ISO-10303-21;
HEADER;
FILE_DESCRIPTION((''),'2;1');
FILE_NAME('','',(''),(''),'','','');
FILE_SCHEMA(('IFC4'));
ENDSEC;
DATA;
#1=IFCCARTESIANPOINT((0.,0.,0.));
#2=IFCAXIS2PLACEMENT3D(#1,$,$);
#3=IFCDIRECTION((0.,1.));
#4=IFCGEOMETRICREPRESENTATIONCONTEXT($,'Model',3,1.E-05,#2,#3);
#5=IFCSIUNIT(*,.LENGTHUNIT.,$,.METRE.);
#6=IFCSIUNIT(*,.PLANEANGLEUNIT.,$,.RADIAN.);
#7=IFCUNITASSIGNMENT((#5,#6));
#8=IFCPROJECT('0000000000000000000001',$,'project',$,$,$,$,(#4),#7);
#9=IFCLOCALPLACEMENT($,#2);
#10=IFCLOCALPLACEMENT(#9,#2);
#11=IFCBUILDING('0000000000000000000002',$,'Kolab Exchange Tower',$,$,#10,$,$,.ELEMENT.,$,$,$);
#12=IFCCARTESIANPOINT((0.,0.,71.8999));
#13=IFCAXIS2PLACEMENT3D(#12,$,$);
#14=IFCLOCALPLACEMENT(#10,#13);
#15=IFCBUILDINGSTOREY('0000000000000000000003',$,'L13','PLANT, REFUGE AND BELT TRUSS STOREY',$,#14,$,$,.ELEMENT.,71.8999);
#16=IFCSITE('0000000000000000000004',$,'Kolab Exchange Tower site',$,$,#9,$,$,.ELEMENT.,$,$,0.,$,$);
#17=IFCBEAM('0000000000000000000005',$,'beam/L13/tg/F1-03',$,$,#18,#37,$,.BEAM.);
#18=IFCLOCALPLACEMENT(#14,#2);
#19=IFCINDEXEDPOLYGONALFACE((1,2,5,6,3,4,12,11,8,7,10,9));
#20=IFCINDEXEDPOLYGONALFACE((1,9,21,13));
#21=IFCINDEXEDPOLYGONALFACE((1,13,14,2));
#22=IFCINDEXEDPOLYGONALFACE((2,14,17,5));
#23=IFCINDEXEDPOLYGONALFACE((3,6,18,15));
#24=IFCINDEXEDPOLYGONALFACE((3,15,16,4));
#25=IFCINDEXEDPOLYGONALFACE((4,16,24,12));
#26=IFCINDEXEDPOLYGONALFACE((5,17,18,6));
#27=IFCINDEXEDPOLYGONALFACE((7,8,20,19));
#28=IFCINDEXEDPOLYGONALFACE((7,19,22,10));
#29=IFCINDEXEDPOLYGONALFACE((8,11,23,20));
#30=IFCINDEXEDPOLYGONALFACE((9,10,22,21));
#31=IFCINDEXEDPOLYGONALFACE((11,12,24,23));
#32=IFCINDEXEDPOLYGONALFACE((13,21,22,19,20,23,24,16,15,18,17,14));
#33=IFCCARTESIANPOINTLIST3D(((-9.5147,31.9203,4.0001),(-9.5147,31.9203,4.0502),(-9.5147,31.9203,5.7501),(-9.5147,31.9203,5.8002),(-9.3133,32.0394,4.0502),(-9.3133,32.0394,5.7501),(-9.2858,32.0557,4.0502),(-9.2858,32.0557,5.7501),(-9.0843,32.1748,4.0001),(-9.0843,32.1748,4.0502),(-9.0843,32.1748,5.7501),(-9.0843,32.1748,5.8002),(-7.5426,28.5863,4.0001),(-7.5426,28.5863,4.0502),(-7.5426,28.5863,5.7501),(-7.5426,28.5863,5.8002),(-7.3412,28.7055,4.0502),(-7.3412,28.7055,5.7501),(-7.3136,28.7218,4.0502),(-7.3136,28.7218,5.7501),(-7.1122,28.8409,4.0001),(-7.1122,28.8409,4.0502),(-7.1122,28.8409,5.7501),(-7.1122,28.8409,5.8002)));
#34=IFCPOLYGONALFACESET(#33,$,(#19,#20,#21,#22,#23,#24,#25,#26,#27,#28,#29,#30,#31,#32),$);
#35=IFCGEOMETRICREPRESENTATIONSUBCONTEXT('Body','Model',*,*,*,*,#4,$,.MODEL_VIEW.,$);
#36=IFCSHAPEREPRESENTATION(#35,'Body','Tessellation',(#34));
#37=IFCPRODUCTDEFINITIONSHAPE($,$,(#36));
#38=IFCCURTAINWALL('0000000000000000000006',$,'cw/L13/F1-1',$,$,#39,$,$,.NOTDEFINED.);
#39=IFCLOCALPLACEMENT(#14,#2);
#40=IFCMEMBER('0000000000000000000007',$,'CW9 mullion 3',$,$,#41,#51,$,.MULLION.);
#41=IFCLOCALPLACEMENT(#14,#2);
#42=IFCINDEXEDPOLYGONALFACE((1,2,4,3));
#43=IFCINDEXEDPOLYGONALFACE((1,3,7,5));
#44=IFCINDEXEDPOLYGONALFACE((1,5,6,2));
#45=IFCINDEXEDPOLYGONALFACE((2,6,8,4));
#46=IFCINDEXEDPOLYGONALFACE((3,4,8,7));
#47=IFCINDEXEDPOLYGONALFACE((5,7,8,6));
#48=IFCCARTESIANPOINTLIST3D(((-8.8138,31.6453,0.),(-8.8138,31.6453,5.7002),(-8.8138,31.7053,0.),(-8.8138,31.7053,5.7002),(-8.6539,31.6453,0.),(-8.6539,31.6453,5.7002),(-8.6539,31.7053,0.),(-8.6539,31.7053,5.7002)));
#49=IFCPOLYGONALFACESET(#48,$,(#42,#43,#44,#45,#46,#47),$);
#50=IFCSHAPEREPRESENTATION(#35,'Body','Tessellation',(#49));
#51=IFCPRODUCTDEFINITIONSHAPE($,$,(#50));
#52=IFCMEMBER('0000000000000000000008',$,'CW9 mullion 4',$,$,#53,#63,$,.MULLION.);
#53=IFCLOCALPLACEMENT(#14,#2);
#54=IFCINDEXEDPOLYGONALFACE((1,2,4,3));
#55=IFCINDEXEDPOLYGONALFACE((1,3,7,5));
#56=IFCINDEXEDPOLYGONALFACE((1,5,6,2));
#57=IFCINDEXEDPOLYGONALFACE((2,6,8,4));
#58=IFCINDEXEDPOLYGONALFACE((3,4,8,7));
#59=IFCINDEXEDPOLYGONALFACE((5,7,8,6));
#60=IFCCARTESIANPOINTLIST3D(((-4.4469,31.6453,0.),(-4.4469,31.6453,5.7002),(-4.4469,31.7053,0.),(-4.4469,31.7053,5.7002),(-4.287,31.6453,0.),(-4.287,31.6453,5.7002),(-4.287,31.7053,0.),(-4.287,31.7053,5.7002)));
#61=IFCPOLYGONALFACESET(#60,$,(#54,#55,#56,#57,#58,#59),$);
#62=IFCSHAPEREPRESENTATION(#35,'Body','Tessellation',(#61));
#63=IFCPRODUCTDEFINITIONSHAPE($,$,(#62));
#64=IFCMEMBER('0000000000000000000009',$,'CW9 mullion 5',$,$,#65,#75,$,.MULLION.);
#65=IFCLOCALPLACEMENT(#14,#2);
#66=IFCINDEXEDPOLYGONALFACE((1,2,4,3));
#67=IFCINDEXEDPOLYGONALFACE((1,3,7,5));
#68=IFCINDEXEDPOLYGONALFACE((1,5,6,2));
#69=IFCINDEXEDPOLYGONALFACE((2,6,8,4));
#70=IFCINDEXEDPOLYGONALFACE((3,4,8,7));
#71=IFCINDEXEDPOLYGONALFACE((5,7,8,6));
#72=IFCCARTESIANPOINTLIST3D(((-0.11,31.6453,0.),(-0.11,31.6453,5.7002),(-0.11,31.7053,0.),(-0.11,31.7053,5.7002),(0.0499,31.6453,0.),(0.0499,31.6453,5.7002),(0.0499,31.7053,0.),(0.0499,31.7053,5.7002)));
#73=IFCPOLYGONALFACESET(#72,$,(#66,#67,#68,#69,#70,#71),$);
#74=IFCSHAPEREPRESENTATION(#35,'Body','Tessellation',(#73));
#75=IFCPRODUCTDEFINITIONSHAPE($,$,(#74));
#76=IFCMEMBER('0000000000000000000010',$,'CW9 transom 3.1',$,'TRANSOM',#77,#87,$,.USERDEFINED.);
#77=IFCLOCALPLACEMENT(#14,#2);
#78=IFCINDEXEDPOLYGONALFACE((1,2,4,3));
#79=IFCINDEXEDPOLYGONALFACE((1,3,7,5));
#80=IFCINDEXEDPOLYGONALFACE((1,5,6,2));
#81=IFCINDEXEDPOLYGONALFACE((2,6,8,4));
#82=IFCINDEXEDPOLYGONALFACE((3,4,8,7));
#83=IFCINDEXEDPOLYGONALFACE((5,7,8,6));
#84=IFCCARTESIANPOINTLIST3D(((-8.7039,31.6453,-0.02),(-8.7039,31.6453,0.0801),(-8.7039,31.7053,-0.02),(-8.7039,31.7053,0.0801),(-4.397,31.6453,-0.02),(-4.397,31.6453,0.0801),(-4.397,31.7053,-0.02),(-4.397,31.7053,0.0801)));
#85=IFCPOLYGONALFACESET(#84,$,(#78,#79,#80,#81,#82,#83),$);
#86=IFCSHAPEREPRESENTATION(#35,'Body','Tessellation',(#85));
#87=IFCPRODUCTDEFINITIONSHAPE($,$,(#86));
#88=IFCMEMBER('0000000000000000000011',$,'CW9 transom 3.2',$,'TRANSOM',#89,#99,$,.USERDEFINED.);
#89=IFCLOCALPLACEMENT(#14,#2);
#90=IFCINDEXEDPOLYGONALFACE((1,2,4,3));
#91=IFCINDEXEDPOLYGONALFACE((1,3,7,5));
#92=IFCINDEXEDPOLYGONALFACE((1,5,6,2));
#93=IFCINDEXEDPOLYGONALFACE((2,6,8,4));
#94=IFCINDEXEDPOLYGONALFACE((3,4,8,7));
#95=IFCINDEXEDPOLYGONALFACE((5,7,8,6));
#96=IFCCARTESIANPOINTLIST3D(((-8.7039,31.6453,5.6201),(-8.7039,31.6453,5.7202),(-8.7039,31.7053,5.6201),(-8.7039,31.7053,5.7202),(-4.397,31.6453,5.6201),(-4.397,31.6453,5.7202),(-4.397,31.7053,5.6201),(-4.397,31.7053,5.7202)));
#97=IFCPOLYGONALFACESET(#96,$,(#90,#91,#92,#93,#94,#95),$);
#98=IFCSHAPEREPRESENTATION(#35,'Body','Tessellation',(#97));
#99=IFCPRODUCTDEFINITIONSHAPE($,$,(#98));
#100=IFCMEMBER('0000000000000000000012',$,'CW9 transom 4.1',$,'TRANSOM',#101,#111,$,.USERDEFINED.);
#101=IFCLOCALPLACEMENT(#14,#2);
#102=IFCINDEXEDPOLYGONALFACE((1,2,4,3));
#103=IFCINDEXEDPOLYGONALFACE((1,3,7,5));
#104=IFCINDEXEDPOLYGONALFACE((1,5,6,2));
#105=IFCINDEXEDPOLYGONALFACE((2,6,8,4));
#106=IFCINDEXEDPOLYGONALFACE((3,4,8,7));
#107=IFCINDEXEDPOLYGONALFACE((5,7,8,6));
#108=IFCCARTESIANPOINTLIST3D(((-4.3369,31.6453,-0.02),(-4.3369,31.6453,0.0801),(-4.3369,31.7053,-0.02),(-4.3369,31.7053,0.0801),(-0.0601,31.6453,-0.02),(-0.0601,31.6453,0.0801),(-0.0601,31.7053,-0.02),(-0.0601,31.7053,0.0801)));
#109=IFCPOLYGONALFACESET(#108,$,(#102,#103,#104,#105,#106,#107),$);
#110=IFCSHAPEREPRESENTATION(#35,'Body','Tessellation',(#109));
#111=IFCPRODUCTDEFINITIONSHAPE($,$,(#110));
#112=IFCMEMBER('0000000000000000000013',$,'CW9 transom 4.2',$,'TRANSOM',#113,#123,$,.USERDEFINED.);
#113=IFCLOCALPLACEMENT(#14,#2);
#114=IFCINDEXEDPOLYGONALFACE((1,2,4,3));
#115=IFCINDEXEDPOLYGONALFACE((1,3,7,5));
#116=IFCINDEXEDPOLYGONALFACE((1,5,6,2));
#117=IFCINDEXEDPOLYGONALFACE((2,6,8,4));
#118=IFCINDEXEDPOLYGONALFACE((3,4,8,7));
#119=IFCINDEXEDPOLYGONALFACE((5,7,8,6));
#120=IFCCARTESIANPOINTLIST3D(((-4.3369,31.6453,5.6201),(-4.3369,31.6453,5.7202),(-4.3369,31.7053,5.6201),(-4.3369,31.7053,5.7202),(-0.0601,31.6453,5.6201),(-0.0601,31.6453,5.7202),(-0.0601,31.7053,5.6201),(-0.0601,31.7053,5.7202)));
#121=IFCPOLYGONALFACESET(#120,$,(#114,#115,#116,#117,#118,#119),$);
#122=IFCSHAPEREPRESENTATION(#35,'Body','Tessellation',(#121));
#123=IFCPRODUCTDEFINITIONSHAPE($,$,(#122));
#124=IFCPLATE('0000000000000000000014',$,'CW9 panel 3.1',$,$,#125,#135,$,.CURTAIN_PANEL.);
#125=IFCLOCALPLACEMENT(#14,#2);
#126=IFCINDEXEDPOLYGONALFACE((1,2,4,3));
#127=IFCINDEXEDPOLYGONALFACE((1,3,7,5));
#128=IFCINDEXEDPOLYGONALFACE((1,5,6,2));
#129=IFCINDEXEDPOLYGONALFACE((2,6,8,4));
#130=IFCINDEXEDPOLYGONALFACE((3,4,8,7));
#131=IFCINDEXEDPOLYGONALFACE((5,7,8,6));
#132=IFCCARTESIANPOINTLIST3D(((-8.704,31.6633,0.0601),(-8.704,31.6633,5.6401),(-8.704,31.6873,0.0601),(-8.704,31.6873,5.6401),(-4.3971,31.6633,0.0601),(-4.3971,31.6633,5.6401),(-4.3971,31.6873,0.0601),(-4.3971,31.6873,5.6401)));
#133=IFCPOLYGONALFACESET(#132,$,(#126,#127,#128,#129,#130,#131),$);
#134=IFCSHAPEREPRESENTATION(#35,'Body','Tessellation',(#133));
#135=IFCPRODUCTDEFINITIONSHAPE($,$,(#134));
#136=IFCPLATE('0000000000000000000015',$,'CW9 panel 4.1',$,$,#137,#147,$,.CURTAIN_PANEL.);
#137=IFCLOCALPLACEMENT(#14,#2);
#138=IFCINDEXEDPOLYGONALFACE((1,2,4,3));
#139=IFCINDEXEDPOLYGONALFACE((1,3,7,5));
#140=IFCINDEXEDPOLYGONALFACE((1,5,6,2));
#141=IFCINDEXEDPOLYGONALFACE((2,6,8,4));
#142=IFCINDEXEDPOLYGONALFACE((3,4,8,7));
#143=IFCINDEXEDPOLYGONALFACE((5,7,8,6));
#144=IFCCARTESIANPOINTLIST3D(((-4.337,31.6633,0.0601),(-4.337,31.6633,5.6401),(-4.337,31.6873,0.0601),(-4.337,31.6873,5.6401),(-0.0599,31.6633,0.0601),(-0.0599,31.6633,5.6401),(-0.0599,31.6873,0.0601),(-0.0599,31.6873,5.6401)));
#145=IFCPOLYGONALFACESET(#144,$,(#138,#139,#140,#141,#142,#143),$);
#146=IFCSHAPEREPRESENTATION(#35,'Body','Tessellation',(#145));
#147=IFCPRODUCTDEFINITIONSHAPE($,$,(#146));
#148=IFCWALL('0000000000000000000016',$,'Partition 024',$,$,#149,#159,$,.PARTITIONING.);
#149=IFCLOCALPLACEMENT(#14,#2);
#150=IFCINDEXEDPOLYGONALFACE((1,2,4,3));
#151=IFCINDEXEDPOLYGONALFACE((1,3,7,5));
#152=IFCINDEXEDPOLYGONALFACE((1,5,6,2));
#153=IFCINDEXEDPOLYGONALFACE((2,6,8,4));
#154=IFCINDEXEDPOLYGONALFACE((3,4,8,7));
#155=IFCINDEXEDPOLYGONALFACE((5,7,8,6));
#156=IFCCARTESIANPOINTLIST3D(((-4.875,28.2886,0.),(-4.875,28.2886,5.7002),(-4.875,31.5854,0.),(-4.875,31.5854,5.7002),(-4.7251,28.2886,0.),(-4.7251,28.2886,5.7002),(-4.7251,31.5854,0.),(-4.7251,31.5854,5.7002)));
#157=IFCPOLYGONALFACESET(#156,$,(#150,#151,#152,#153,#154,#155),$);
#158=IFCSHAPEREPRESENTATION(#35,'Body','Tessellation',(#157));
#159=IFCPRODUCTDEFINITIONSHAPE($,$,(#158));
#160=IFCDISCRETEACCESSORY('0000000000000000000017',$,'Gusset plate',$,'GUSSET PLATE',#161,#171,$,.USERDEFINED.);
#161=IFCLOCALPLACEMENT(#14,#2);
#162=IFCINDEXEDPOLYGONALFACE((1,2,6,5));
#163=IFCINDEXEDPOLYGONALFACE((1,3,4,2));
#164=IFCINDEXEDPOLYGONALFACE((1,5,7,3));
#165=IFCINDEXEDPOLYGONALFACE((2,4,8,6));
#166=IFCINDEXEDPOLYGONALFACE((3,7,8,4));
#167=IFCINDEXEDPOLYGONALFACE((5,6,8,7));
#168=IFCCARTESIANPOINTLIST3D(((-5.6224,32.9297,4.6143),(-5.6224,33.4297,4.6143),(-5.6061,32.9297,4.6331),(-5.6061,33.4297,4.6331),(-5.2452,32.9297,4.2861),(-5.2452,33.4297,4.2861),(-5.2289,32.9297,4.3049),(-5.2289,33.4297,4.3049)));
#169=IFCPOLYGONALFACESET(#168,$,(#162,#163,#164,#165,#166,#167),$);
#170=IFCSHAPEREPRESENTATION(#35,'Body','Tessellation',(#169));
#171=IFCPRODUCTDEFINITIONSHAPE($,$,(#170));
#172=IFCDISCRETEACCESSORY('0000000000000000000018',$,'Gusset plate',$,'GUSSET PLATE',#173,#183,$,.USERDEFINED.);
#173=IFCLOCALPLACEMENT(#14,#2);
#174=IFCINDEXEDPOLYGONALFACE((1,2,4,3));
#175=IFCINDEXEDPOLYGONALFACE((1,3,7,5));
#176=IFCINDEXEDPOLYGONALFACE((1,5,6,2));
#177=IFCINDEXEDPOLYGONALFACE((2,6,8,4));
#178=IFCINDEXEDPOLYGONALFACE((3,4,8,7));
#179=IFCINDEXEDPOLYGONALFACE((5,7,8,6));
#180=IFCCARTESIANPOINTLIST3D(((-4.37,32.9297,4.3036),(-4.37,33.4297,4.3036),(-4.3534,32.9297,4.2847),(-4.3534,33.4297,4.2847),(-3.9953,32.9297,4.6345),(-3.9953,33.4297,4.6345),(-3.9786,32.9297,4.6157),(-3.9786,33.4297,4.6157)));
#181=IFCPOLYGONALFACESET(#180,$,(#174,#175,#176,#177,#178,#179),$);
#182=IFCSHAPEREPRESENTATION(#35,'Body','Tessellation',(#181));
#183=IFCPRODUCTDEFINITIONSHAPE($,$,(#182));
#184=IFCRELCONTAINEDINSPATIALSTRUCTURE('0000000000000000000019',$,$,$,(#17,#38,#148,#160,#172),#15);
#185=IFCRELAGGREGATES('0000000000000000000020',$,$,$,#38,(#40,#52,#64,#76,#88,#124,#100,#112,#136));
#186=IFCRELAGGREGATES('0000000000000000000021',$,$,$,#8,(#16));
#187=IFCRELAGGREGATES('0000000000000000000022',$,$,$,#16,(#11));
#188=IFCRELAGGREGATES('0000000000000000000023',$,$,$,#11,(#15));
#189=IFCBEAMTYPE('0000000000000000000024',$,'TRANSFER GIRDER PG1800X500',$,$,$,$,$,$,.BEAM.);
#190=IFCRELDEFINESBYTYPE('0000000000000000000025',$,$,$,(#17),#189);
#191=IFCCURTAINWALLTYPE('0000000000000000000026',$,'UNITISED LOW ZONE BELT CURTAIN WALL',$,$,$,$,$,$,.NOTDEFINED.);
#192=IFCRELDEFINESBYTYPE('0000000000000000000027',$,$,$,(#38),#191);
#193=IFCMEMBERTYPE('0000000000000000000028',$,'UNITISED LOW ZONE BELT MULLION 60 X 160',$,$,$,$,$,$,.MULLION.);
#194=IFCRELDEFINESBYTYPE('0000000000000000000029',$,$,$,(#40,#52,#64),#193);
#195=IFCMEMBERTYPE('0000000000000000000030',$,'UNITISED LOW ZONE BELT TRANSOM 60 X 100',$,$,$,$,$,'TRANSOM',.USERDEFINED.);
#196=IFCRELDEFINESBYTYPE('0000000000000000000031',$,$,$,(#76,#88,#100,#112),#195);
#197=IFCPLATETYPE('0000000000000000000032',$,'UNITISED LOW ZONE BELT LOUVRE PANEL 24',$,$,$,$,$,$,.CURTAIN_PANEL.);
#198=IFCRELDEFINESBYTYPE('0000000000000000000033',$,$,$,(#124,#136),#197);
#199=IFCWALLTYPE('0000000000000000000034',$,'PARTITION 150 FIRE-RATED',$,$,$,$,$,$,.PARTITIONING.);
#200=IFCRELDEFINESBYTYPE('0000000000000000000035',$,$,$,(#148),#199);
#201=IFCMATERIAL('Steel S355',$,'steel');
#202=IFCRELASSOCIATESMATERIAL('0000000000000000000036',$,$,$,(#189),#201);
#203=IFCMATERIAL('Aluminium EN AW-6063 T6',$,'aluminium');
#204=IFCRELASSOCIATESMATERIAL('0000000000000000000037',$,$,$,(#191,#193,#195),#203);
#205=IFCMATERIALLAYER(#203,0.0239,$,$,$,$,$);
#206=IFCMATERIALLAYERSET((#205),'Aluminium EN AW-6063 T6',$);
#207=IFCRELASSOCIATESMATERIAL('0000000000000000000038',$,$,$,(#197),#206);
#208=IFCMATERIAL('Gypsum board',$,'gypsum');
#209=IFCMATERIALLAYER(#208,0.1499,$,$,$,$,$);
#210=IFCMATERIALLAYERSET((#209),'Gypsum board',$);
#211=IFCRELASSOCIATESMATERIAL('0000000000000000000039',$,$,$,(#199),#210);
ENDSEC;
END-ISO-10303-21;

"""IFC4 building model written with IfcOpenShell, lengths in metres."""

from ifc_helpers import new_model, si_unit, direction, frame, frame_2d, origin, origin_2d, place, context, subcontext, project, spatial, rectangle, i_section, extrude, material, layer, layer_set, material_profile, profile_set, type_object, element, aggregate, save


model = new_model("IFC4")

# Units and contexts
model_context = context("Model", 3, precision=1e-05, world=origin(), true_north=direction((0.0, 1.0)))
body_context = subcontext(model_context, "Body", "Model", "MODEL_VIEW")
ifc_project = project(units=[si_unit("LENGTHUNIT", "METRE"), si_unit("PLANEANGLEUNIT", "RADIAN")], contexts=[model_context])

# Site, building, storey
site_placement = place(None, origin())
site = spatial("IfcSite", under=ifc_project, at=site_placement, Name="Kolab Exchange Tower site", CompositionType="ELEMENT", RefElevation=0.0)
building_placement = place(site_placement, origin())
building = spatial("IfcBuilding", under=site, at=building_placement, Name="Kolab Exchange Tower", CompositionType="ELEMENT")
storey_placement = place(building_placement, frame((0.0, 0.0, 71.8999)))
storey = spatial("IfcBuildingStorey", under=building, at=storey_placement, Name="L13", Description="PLANT, REFUGE AND BELT TRUSS STOREY", CompositionType="ELEMENT", Elevation=71.8999)

# Shared definitions
ifc_material_1 = material(Name="Steel S355", Category="steel")

# Beam
ifc_material_profile_1 = material_profile(ifc_material_1, i_section(OverallWidth=0.5, OverallDepth=1.8, WebThickness=0.032, FlangeThickness=0.05, at=origin_2d()), Name="PG1800X500")
ifc_profile_set_1 = profile_set([ifc_material_profile_1], Name="Steel S355")
beam_type_1 = type_object("IfcBeamType", Name="TRANSFER GIRDER PG1800X500", PredefinedType="BEAM", material=ifc_profile_set_1)
beam_1_placement = place(storey_placement, frame((-7.3274, 28.7136, 4.9001), z_axis=(-0.509128, 0.860691, 0.0), x_axis=(-0.860691, -0.509128, 0.0)))
element("IfcBeam", 1, at=beam_1_placement, inside=storey, type_object=beam_type_1, Name="beam/L13/tg/F1-03", PredefinedType="BEAM", context=body_context, shape_type="SweptSolid", body=[
    extrude(i_section(OverallWidth=0.5, OverallDepth=1.8, WebThickness=0.032, FlangeThickness=0.05, at=origin_2d()), origin(), (0.0, 0.0, 1.0), 3.8735),
])

# Curtain wall, members, plates
ifc_material_2 = material(Name="Aluminium EN AW-6063 T6", Category="aluminium")
curtain_wall_type = type_object("IfcCurtainWallType", Name="UNITISED LOW ZONE BELT CURTAIN WALL", PredefinedType="NOTDEFINED", material=ifc_material_2)
curtain_wall_placement = place(storey_placement, origin())
curtain_wall = element("IfcCurtainWall", 2, at=curtain_wall_placement, inside=storey, type_object=curtain_wall_type, Name="cw/L13/F1-1", PredefinedType="NOTDEFINED")
ifc_material_profile_2 = material_profile(ifc_material_2, rectangle(XDim=0.0601, YDim=0.1599, at=origin_2d()), Name="RECT 60X160")
ifc_profile_set_2 = profile_set([ifc_material_profile_2], Name="Aluminium EN AW-6063 T6")
member_type_1 = type_object("IfcMemberType", Name="UNITISED LOW ZONE BELT MULLION 60 X 160", PredefinedType="MULLION", material=ifc_profile_set_2)
member_1_placement = place(storey_placement, frame((-8.7339, 31.6753, 0.0), z_axis=(0.0, 0.0, 1.0), x_axis=(0.0, 1.0, 0.0)))
member_1 = element("IfcMember", 3, at=member_1_placement, type_object=member_type_1, Name="CW9 mullion 3", PredefinedType="MULLION", context=body_context, shape_type="SweptSolid", body=[
    extrude(rectangle(XDim=0.0601, YDim=0.1599, at=origin_2d()), origin(), (0.0, 0.0, 1.0), 5.7002),
])
member_2_placement = place(storey_placement, frame((-4.3669, 31.6753, 0.0), z_axis=(0.0, 0.0, 1.0), x_axis=(0.0, 1.0, 0.0)))
member_2 = element("IfcMember", 4, at=member_2_placement, type_object=member_type_1, Name="CW9 mullion 4", PredefinedType="MULLION", context=body_context, shape_type="SweptSolid", body=[
    extrude(rectangle(XDim=0.0601, YDim=0.1599, at=origin_2d()), origin(), (0.0, 0.0, 1.0), 5.7002),
])
member_3_placement = place(storey_placement, frame((-0.03, 31.6753, 0.0), z_axis=(0.0, 0.0, 1.0), x_axis=(0.0, 1.0, 0.0)))
member_3 = element("IfcMember", 5, at=member_3_placement, type_object=member_type_1, Name="CW9 mullion 5", PredefinedType="MULLION", context=body_context, shape_type="SweptSolid", body=[
    extrude(rectangle(XDim=0.0601, YDim=0.1599, at=origin_2d()), origin(), (0.0, 0.0, 1.0), 5.7002),
])
ifc_material_profile_3 = material_profile(ifc_material_2, rectangle(XDim=0.0601, YDim=0.1001, at=origin_2d()), Name="RECT 60X100")
ifc_profile_set_3 = profile_set([ifc_material_profile_3], Name="Aluminium EN AW-6063 T6")
member_type_2 = type_object("IfcMemberType", Name="UNITISED LOW ZONE BELT TRANSOM 60 X 100", ElementType="TRANSOM", PredefinedType="USERDEFINED", material=ifc_profile_set_3)
member_4_placement = place(storey_placement, frame((-8.7039, 31.6753, 0.03), z_axis=(1.0, 0.0, 0.0), x_axis=(0.0, 1.0, 0.0)))
member_4 = element("IfcMember", 6, at=member_4_placement, type_object=member_type_2, Name="CW9 transom 3.1", ObjectType="TRANSOM", PredefinedType="USERDEFINED", context=body_context, shape_type="SweptSolid", body=[
    extrude(rectangle(XDim=0.0601, YDim=0.1001, at=origin_2d()), origin(), (0.0, 0.0, 1.0), 4.3069),
])
member_5_placement = place(storey_placement, frame((-8.7039, 31.6753, 5.6702), z_axis=(1.0, 0.0, 0.0), x_axis=(0.0, 1.0, 0.0)))
member_5 = element("IfcMember", 7, at=member_5_placement, type_object=member_type_2, Name="CW9 transom 3.2", ObjectType="TRANSOM", PredefinedType="USERDEFINED", context=body_context, shape_type="SweptSolid", body=[
    extrude(rectangle(XDim=0.0601, YDim=0.1001, at=origin_2d()), origin(), (0.0, 0.0, 1.0), 4.3069),
])
member_6_placement = place(storey_placement, frame((-4.3369, 31.6753, 0.03), z_axis=(1.0, 0.0, 0.0), x_axis=(0.0, 1.0, 0.0)))
member_6 = element("IfcMember", 8, at=member_6_placement, type_object=member_type_2, Name="CW9 transom 4.1", ObjectType="TRANSOM", PredefinedType="USERDEFINED", context=body_context, shape_type="SweptSolid", body=[
    extrude(rectangle(XDim=0.0601, YDim=0.1001, at=origin_2d()), origin(), (0.0, 0.0, 1.0), 4.2769),
])
member_7_placement = place(storey_placement, frame((-4.3369, 31.6753, 5.6702), z_axis=(1.0, 0.0, 0.0), x_axis=(0.0, 1.0, 0.0)))
member_7 = element("IfcMember", 9, at=member_7_placement, type_object=member_type_2, Name="CW9 transom 4.2", ObjectType="TRANSOM", PredefinedType="USERDEFINED", context=body_context, shape_type="SweptSolid", body=[
    extrude(rectangle(XDim=0.0601, YDim=0.1001, at=origin_2d()), origin(), (0.0, 0.0, 1.0), 4.2769),
])
ifc_layer_1 = layer(ifc_material_2, 0.0239)
ifc_layer_set_1 = layer_set([ifc_layer_1], Name="Aluminium EN AW-6063 T6")
plate_type = type_object("IfcPlateType", Name="UNITISED LOW ZONE BELT LOUVRE PANEL 24", PredefinedType="CURTAIN_PANEL", material=ifc_layer_set_1)
plate_1_placement = place(storey_placement, frame((-6.5505, 31.6753, 0.0601), z_axis=(0.0, 0.0, 1.0), x_axis=(1.0, 0.0, 0.0)))
plate_1 = element("IfcPlate", 10, at=plate_1_placement, type_object=plate_type, Name="CW9 panel 3.1", PredefinedType="CURTAIN_PANEL", context=body_context, shape_type="SweptSolid", body=[
    extrude(rectangle(XDim=4.3069, YDim=0.0239, at=origin_2d()), origin(), (0.0, 0.0, 1.0), 5.5801),
])
plate_2_placement = place(storey_placement, frame((-2.1985, 31.6753, 0.0601), z_axis=(0.0, 0.0, 1.0), x_axis=(1.0, 0.0, 0.0)))
plate_2 = element("IfcPlate", 11, at=plate_2_placement, type_object=plate_type, Name="CW9 panel 4.1", PredefinedType="CURTAIN_PANEL", context=body_context, shape_type="SweptSolid", body=[
    extrude(rectangle(XDim=4.2771, YDim=0.0239, at=origin_2d()), origin(), (0.0, 0.0, 1.0), 5.5801),
])
aggregate(curtain_wall, [member_1, member_2, member_3, member_4, member_5, plate_1, member_6, member_7, plate_2])

# Wall
ifc_material_3 = material(Name="Gypsum board", Category="gypsum")
ifc_layer_2 = layer(ifc_material_3, 0.1499)
ifc_layer_set_2 = layer_set([ifc_layer_2], Name="Gypsum board")
wall_type = type_object("IfcWallType", Name="PARTITION 150 FIRE-RATED", PredefinedType="PARTITIONING", material=ifc_layer_set_2)
wall_placement = place(storey_placement, frame((-4.8, 28.2886, 0.0), z_axis=(0.0, 0.0, 1.0), x_axis=(0.0, 1.0, 0.0)))
element("IfcWall", 12, at=wall_placement, inside=storey, type_object=wall_type, Name="Partition 024", PredefinedType="PARTITIONING", context=body_context, shape_type="SweptSolid", body=[
    extrude(rectangle(XDim=3.2969, YDim=0.1499, at=frame_2d((1.6484, 0.0))), origin(), (0.0, 0.0, 1.0), 5.7002),
])

# Discrete accessories
discrete_accessory_1_placement = place(storey_placement, frame((-5.4338, 33.1797, 4.4502), z_axis=(0.656421, 0.0, 0.754395), x_axis=(0.0, 1.0, 0.0)))
element("IfcDiscreteAccessory", 13, at=discrete_accessory_1_placement, inside=storey, Name="Gusset plate", ObjectType="GUSSET PLATE", PredefinedType="USERDEFINED", context=body_context, shape_type="SweptSolid", body=[
    extrude(rectangle(XDim=0.5, YDim=0.5, at=origin_2d()), origin(), (0.0, 0.0, 1.0), 0.0249),
])
discrete_accessory_2_placement = place(storey_placement, frame((-4.166, 33.1797, 4.4502), z_axis=(-0.661944, 0.0, 0.749554), x_axis=(0.0, -1.0, 0.0)))
element("IfcDiscreteAccessory", 14, at=discrete_accessory_2_placement, inside=storey, Name="Gusset plate", ObjectType="GUSSET PLATE", PredefinedType="USERDEFINED", context=body_context, shape_type="SweptSolid", body=[
    extrude(rectangle(XDim=0.5, YDim=0.5, at=origin_2d()), origin(), (0.0, 0.0, 1.0), 0.0251),
])

save(model, "model.ifc")
